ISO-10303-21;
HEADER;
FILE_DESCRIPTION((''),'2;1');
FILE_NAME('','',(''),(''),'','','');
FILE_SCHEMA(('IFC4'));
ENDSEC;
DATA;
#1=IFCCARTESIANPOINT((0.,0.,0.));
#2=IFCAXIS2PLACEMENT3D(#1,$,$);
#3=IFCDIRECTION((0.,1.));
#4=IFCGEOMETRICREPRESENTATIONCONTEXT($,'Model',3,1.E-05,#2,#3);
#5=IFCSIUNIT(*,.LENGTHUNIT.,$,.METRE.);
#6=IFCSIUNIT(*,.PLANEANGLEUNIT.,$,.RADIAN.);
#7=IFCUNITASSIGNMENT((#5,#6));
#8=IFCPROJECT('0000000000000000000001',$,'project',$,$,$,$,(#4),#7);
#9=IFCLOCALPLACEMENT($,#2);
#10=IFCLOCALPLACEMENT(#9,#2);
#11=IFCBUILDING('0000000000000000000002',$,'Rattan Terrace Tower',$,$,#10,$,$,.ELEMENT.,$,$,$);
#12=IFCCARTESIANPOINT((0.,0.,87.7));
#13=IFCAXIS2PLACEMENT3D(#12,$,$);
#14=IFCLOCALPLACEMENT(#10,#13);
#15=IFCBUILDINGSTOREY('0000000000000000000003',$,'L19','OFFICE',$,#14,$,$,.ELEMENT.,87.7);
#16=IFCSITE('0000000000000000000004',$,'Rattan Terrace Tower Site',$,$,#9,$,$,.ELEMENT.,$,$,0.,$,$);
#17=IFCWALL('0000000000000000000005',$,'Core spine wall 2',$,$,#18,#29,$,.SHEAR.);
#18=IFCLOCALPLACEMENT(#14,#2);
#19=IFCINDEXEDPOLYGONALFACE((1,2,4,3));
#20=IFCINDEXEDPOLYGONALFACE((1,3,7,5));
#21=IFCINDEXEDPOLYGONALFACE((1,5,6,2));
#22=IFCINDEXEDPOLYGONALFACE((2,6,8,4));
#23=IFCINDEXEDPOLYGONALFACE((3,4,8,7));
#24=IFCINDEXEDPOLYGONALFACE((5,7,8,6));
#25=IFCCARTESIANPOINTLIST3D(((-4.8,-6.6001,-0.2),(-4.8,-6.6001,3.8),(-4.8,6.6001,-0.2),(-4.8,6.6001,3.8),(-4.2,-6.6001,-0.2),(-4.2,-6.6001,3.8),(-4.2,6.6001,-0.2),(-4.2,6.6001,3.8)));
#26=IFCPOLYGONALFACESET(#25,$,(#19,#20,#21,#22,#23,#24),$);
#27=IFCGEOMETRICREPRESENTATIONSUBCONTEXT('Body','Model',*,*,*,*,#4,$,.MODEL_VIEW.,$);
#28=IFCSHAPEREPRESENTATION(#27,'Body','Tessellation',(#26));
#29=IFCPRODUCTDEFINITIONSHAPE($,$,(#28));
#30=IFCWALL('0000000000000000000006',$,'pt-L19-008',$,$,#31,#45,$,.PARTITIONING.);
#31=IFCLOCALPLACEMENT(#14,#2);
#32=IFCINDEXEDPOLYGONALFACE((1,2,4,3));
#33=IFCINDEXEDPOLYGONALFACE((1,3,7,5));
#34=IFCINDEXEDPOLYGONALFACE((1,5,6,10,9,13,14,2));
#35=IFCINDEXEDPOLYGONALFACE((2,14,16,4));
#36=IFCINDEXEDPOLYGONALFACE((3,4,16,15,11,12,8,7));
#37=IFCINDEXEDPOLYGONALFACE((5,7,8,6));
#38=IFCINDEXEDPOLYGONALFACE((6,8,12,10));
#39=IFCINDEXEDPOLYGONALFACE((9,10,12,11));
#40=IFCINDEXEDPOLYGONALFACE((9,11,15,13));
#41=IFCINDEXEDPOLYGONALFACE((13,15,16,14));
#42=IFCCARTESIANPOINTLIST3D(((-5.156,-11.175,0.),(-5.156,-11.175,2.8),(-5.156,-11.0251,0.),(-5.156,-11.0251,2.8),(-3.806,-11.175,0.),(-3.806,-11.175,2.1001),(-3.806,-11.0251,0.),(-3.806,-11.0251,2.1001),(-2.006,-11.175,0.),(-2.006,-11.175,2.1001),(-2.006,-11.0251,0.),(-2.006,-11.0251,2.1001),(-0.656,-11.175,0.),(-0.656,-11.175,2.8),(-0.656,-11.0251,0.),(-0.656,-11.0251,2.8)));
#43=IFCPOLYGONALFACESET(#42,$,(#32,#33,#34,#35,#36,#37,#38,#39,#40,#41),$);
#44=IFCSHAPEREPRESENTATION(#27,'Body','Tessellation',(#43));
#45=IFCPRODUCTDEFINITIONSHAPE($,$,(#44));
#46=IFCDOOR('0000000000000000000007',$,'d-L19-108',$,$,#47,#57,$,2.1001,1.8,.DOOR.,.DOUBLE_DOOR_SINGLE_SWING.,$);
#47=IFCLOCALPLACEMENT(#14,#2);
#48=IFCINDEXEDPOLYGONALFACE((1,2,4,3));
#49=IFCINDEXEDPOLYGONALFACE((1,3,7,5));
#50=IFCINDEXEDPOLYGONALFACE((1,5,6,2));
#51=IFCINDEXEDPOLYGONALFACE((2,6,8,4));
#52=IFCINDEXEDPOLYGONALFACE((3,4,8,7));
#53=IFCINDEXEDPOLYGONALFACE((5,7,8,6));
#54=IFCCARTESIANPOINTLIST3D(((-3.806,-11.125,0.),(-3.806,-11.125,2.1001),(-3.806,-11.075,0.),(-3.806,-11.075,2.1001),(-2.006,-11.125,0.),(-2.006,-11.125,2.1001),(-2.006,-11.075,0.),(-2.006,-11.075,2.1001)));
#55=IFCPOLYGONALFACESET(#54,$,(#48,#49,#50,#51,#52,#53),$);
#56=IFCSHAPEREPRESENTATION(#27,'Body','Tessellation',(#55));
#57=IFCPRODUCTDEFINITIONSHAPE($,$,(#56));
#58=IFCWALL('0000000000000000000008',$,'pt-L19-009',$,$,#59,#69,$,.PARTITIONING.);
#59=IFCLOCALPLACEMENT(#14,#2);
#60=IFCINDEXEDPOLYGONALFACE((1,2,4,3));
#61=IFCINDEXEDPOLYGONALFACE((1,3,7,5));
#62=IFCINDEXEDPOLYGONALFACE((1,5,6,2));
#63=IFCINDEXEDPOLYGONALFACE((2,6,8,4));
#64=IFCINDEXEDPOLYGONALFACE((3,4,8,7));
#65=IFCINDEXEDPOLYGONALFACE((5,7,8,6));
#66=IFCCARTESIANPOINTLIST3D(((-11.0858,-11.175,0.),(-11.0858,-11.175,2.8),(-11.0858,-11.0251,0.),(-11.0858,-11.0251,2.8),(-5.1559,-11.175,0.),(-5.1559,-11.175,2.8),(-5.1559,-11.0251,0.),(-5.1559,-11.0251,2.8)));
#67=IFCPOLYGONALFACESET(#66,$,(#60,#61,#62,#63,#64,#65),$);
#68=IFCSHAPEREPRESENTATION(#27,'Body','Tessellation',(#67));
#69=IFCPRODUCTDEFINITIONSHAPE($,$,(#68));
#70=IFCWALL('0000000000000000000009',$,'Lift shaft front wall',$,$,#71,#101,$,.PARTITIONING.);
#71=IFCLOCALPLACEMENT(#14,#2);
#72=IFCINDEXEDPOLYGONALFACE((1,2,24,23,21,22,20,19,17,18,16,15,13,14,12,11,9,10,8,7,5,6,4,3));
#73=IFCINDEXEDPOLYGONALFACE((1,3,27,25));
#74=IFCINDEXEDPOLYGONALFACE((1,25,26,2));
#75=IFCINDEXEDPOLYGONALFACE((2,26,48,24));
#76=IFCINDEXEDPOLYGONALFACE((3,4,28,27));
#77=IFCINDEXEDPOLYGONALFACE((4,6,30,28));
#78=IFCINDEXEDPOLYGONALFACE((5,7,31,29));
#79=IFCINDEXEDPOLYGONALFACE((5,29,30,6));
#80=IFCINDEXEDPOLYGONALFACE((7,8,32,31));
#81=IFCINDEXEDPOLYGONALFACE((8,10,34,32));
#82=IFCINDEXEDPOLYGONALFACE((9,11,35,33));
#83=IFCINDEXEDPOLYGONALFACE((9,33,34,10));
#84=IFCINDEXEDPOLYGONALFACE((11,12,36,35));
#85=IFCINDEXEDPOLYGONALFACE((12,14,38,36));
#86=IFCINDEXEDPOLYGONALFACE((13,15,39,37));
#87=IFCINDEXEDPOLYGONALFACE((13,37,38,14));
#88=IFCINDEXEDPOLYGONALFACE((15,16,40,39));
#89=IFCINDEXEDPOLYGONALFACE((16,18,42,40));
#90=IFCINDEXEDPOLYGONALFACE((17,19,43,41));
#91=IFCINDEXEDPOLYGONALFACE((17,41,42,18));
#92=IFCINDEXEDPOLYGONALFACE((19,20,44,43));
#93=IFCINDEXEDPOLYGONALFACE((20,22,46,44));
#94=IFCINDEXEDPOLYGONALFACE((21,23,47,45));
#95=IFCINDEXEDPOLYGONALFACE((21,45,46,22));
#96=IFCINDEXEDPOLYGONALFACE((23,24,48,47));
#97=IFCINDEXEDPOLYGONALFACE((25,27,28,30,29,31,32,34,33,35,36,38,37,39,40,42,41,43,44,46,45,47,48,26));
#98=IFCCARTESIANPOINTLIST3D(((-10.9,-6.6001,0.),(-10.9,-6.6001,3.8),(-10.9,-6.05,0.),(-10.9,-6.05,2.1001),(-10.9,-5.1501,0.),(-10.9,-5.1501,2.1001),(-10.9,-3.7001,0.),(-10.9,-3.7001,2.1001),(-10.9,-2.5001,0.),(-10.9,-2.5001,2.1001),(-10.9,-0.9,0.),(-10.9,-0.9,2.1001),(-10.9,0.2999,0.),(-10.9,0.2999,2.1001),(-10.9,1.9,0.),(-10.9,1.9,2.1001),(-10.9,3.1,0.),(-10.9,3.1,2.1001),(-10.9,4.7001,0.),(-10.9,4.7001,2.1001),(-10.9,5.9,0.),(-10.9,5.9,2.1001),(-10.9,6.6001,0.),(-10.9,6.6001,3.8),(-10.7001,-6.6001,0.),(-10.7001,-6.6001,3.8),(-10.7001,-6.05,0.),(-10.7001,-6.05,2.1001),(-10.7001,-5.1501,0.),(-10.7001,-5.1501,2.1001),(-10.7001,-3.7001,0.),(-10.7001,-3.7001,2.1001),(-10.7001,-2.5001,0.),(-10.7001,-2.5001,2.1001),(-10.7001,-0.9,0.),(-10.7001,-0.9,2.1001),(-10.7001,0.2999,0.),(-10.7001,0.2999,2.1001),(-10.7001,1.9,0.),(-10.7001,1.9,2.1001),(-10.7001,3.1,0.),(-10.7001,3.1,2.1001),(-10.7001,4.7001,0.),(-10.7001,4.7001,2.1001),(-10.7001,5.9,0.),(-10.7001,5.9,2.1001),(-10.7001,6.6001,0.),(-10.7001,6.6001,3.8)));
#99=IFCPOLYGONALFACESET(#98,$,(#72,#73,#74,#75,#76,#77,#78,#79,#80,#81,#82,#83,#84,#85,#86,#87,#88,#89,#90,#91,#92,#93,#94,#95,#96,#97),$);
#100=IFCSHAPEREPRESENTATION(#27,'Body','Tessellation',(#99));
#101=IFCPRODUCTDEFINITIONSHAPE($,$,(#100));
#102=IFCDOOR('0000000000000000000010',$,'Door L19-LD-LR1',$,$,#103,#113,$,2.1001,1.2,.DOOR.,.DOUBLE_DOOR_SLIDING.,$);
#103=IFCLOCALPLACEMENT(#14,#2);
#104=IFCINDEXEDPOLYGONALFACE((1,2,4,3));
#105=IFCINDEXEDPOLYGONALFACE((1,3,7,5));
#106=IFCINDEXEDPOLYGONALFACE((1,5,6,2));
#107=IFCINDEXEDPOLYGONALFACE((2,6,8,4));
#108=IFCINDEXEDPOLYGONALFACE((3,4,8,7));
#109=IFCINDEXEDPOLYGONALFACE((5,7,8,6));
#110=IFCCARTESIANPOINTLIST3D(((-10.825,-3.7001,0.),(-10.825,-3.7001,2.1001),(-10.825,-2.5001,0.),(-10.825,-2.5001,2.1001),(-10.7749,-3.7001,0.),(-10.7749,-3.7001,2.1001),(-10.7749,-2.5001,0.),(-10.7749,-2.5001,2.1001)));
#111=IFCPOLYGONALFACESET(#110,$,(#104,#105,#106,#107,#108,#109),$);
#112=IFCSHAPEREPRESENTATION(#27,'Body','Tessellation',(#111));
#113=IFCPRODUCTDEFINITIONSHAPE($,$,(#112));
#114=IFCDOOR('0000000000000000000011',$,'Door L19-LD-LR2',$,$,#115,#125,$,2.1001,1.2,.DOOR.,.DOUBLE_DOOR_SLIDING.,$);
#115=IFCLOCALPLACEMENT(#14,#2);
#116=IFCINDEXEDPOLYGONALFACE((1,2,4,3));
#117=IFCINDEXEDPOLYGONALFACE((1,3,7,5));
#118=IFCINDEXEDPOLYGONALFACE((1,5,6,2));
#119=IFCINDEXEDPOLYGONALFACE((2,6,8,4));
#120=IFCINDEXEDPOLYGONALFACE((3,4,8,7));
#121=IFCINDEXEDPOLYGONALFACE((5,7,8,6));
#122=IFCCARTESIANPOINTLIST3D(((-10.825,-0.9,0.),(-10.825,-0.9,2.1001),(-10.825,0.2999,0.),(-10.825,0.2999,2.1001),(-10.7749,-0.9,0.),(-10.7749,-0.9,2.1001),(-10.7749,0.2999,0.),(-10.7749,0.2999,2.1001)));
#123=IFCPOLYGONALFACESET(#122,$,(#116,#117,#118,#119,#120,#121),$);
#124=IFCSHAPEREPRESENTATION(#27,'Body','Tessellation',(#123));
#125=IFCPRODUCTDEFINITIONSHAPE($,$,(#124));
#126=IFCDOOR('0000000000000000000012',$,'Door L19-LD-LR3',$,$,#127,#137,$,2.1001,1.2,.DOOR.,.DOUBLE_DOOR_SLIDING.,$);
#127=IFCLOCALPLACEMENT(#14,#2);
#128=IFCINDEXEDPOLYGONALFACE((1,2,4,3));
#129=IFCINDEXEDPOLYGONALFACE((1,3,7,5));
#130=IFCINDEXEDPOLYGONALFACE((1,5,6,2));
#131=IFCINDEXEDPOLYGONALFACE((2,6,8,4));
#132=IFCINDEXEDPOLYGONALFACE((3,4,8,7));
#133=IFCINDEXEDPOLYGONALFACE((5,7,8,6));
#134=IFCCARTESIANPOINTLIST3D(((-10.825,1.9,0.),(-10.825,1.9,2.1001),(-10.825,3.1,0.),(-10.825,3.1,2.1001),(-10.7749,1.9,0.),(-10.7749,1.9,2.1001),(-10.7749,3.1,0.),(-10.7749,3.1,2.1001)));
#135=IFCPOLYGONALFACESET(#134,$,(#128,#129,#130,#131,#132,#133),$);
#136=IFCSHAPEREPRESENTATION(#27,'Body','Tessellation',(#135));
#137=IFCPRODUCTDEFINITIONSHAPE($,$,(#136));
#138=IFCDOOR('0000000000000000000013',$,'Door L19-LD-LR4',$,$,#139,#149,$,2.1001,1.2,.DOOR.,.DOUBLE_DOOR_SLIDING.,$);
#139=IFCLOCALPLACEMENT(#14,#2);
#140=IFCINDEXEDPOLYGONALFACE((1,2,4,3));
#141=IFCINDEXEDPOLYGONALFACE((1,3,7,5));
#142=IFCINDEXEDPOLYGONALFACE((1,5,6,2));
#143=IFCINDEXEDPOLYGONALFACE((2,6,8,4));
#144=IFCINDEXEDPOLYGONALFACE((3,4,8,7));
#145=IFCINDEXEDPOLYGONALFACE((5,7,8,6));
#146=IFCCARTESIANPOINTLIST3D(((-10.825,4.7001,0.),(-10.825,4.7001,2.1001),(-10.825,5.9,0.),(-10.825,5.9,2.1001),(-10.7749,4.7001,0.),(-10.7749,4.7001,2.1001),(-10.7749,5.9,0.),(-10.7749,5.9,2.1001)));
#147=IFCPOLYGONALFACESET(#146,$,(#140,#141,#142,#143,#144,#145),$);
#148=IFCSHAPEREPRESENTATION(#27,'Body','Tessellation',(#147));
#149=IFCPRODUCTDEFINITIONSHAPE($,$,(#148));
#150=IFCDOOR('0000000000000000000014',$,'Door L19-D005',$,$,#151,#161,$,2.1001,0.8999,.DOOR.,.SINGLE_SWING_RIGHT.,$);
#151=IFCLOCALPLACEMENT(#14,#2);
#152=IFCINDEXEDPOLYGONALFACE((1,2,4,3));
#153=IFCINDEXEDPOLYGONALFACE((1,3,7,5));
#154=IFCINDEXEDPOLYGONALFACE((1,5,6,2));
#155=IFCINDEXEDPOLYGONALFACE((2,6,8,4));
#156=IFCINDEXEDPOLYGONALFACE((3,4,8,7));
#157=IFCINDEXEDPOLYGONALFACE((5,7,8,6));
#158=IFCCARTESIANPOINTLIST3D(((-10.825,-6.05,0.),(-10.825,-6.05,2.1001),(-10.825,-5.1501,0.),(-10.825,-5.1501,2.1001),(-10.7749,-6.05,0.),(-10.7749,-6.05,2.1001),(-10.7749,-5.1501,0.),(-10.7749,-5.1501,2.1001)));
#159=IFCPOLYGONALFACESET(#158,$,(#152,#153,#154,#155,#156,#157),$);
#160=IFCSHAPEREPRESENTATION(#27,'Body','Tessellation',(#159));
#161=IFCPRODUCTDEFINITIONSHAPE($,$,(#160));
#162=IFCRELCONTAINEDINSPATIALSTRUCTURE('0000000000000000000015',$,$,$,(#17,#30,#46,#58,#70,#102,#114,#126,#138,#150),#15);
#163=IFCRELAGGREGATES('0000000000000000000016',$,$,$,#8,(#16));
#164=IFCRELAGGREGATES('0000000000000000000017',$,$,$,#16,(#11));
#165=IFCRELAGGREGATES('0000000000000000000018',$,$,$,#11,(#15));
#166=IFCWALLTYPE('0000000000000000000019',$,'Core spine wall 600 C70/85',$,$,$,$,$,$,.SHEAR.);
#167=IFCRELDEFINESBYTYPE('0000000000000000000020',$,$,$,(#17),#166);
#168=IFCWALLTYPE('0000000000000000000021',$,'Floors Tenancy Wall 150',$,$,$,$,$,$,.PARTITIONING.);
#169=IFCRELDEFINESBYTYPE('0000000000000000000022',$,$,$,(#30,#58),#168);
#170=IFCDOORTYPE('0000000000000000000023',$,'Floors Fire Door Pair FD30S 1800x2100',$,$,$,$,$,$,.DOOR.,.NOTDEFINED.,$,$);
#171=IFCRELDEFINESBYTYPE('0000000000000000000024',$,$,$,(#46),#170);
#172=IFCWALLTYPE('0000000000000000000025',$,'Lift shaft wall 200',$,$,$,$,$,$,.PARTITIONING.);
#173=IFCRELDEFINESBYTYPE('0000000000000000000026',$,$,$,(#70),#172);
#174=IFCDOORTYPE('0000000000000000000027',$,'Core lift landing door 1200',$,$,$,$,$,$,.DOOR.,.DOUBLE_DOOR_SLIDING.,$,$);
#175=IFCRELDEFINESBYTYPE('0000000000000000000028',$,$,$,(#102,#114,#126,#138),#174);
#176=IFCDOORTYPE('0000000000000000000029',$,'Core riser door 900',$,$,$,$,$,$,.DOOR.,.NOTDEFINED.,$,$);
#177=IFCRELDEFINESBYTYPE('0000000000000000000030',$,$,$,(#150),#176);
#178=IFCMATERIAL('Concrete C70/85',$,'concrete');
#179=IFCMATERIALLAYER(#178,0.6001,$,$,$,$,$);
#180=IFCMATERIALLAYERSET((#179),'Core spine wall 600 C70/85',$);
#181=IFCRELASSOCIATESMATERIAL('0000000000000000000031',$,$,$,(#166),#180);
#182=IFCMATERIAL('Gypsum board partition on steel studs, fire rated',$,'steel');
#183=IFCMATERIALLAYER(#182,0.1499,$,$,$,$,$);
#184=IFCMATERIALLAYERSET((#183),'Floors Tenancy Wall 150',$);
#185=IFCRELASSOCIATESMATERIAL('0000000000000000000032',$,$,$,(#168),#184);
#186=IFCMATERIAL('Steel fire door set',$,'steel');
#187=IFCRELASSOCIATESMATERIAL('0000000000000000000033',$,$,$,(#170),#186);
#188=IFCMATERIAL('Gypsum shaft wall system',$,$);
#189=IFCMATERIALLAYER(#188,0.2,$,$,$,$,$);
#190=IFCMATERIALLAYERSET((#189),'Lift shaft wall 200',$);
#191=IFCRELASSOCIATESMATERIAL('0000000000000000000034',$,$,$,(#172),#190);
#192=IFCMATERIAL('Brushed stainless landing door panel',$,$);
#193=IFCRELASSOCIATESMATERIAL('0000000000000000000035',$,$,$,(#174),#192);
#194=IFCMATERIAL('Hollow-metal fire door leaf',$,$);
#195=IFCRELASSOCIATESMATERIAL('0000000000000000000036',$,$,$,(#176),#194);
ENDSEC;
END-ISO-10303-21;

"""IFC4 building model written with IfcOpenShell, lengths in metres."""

from ifc_helpers import new_model, si_unit, direction, frame, frame_2d, origin, place, context, subcontext, project, spatial, rectangle, extrude, material, layer, layer_set, type_object, element, fill, save


model = new_model("IFC4")

# Units and contexts
model_context = context("Model", 3, precision=1e-05, world=origin(), true_north=direction((0.0, 1.0)))
body_context = subcontext(model_context, "Body", "Model", "MODEL_VIEW")
ifc_project = project(units=[si_unit("LENGTHUNIT", "METRE"), si_unit("PLANEANGLEUNIT", "RADIAN")], contexts=[model_context])

# Site, building, storey
site_placement = place(None, origin())
site = spatial("IfcSite", under=ifc_project, at=site_placement, Name="Rattan Terrace Tower Site", CompositionType="ELEMENT", RefElevation=0.0)
building_placement = place(site_placement, origin())
building = spatial("IfcBuilding", under=site, at=building_placement, Name="Rattan Terrace Tower", CompositionType="ELEMENT")
storey_placement = place(building_placement, frame((0.0, 0.0, 87.7)))
storey = spatial("IfcBuildingStorey", under=building, at=storey_placement, Name="L19", Description="OFFICE", CompositionType="ELEMENT", Elevation=87.7)

# Wall
ifc_material_1 = material(Name="Concrete C70/85", Category="concrete")
ifc_layer_1 = layer(ifc_material_1, 0.6001)
ifc_layer_set_1 = layer_set([ifc_layer_1], Name="Core spine wall 600 C70/85")
wall_type_1 = type_object("IfcWallType", Name="Core spine wall 600 C70/85", PredefinedType="SHEAR", material=ifc_layer_set_1)
wall_1_placement = place(storey_placement, frame((-4.5, -6.6001, -0.2), z_axis=(0.0, 0.0, 1.0), x_axis=(0.0, 1.0, 0.0)))
element("IfcWall", 1, at=wall_1_placement, inside=storey, type_object=wall_type_1, Name="Core spine wall 2", PredefinedType="SHEAR", context=body_context, shape_type="SweptSolid", body=[
    extrude(rectangle(XDim=13.2002, YDim=0.6001, at=frame_2d((6.6001, 0.0))), origin(), (0.0, 0.0, 1.0), 4.0),
])

# Wall, opening, door
ifc_material_2 = material(Name="Gypsum board partition on steel studs, fire rated", Category="steel")
ifc_layer_2 = layer(ifc_material_2, 0.1499)
ifc_layer_set_2 = layer_set([ifc_layer_2], Name="Floors Tenancy Wall 150")
wall_type_2 = type_object("IfcWallType", Name="Floors Tenancy Wall 150", PredefinedType="PARTITIONING", material=ifc_layer_set_2)
wall_2_placement = place(storey_placement, frame((-0.656, -11.1001, 0.0), z_axis=(0.0, 0.0, 1.0), x_axis=(-1.0, 0.0, 0.0)))
wall_2 = element("IfcWall", 2, at=wall_2_placement, inside=storey, type_object=wall_type_2, Name="pt-L19-008", PredefinedType="PARTITIONING", context=body_context, shape_type="SweptSolid", body=[
    extrude(rectangle(XDim=4.5, YDim=0.1499, at=frame_2d((2.25, 0.0))), origin(), (0.0, 0.0, 1.0), 2.8),
])
opening_1_placement = place(wall_2_placement, frame((1.3501, 0.0, 0.0)))
opening_1 = element("IfcOpeningElement", 3, at=opening_1_placement, cuts=wall_2, PredefinedType="OPENING", context=body_context, shape_type="SweptSolid", body=[
    extrude(rectangle(XDim=1.8, YDim=2.1001, at=frame_2d((0.8999, 1.05))), frame((0.0, 0.0854, 0.0), z_axis=(0.0, -1.0, 0.0), x_axis=(1.0, 0.0, 0.0)), (0.0, 0.0, 1.0), 0.1709),
])
ifc_material_3 = material(Name="Steel fire door set", Category="steel")
door_type_1 = type_object("IfcDoorType", Name="Floors Fire Door Pair FD30S 1800x2100", OperationType="NOTDEFINED", PredefinedType="DOOR", material=ifc_material_3)
door_1_placement = place(opening_1_placement, origin())
door_1 = element("IfcDoor", 4, at=door_1_placement, inside=storey, type_object=door_type_1, Name="d-L19-108", OperationType="DOUBLE_DOOR_SINGLE_SWING", OverallHeight=2.1001, OverallWidth=1.8, PredefinedType="DOOR", context=body_context, shape_type="SweptSolid", body=[
    extrude(rectangle(XDim=1.8, YDim=2.1001, at=frame_2d((0.8999, 1.05))), frame((0.0, 0.0249, 0.0), z_axis=(0.0, -1.0, 0.0), x_axis=(1.0, 0.0, 0.0)), (0.0, 0.0, 1.0), 0.05),
])
fill(opening_1, door_1)

# Wall
wall_3_placement = place(storey_placement, frame((-5.156, -11.1001, 0.0), z_axis=(0.0, 0.0, 1.0), x_axis=(-1.0, 0.0, 0.0)))
element("IfcWall", 5, at=wall_3_placement, inside=storey, type_object=wall_type_2, Name="pt-L19-009", PredefinedType="PARTITIONING", context=body_context, shape_type="SweptSolid", body=[
    extrude(rectangle(XDim=5.9299, YDim=0.1499, at=frame_2d((2.9648, 0.0))), origin(), (0.0, 0.0, 1.0), 2.8),
])

# Wall, openings, doors
ifc_material_4 = material(Name="Gypsum shaft wall system")
ifc_layer_3 = layer(ifc_material_4, 0.2)
ifc_layer_set_3 = layer_set([ifc_layer_3], Name="Lift shaft wall 200")
wall_type_3 = type_object("IfcWallType", Name="Lift shaft wall 200", PredefinedType="PARTITIONING", material=ifc_layer_set_3)
wall_4_placement = place(storey_placement, frame((-10.8, -6.6001, 0.0), z_axis=(0.0, 0.0, 1.0), x_axis=(0.0, 1.0, 0.0)))
wall_4 = element("IfcWall", 6, at=wall_4_placement, inside=storey, type_object=wall_type_3, Name="Lift shaft front wall", PredefinedType="PARTITIONING", context=body_context, shape_type="SweptSolid", body=[
    extrude(rectangle(XDim=13.2002, YDim=0.2, at=frame_2d((6.6001, 0.0))), origin(), (0.0, 0.0, 1.0), 3.8),
])
opening_2_placement = place(wall_4_placement, frame((0.55, 0.0, 0.0)))
opening_2 = element("IfcOpeningElement", 7, at=opening_2_placement, cuts=wall_4, PredefinedType="OPENING", context=body_context, shape_type="SweptSolid", body=[
    extrude(rectangle(XDim=0.8999, YDim=2.1001, at=frame_2d((0.45, 1.05))), frame((0.0, 0.1106, 0.0), z_axis=(0.0, -1.0, 0.0), x_axis=(1.0, 0.0, 0.0)), (0.0, 0.0, 1.0), 0.2209),
])
opening_3_placement = place(wall_4_placement, frame((2.8999, 0.0, 0.0)))
opening_3 = element("IfcOpeningElement", 8, at=opening_3_placement, cuts=wall_4, PredefinedType="OPENING", context=body_context, shape_type="SweptSolid", body=[
    extrude(rectangle(XDim=1.2, YDim=2.1001, at=frame_2d((0.6001, 1.05))), frame((0.0, 0.1106, 0.0), z_axis=(0.0, -1.0, 0.0), x_axis=(1.0, 0.0, 0.0)), (0.0, 0.0, 1.0), 0.2209),
])
opening_4_placement = place(wall_4_placement, frame((5.7, 0.0, 0.0)))
opening_4 = element("IfcOpeningElement", 9, at=opening_4_placement, cuts=wall_4, PredefinedType="OPENING", context=body_context, shape_type="SweptSolid", body=[
    extrude(rectangle(XDim=1.2, YDim=2.1001, at=frame_2d((0.6001, 1.05))), frame((0.0, 0.1106, 0.0), z_axis=(0.0, -1.0, 0.0), x_axis=(1.0, 0.0, 0.0)), (0.0, 0.0, 1.0), 0.2209),
])
opening_5_placement = place(wall_4_placement, frame((8.5, 0.0, 0.0)))
opening_5 = element("IfcOpeningElement", 10, at=opening_5_placement, cuts=wall_4, PredefinedType="OPENING", context=body_context, shape_type="SweptSolid", body=[
    extrude(rectangle(XDim=1.2, YDim=2.1001, at=frame_2d((0.6001, 1.05))), frame((0.0, 0.1106, 0.0), z_axis=(0.0, -1.0, 0.0), x_axis=(1.0, 0.0, 0.0)), (0.0, 0.0, 1.0), 0.2209),
])
opening_6_placement = place(wall_4_placement, frame((11.3, 0.0, 0.0)))
opening_6 = element("IfcOpeningElement", 11, at=opening_6_placement, cuts=wall_4, PredefinedType="OPENING", context=body_context, shape_type="SweptSolid", body=[
    extrude(rectangle(XDim=1.2, YDim=2.1001, at=frame_2d((0.6001, 1.05))), frame((0.0, 0.1106, 0.0), z_axis=(0.0, -1.0, 0.0), x_axis=(1.0, 0.0, 0.0)), (0.0, 0.0, 1.0), 0.2209),
])
ifc_material_5 = material(Name="Brushed stainless landing door panel")
door_type_2 = type_object("IfcDoorType", Name="Core lift landing door 1200", OperationType="DOUBLE_DOOR_SLIDING", PredefinedType="DOOR", material=ifc_material_5)
door_2_placement = place(opening_3_placement, origin())
door_2 = element("IfcDoor", 12, at=door_2_placement, inside=storey, type_object=door_type_2, Name="Door L19-LD-LR1", OperationType="DOUBLE_DOOR_SLIDING", OverallHeight=2.1001, OverallWidth=1.2, PredefinedType="DOOR", context=body_context, shape_type="SweptSolid", body=[
    extrude(rectangle(XDim=1.2, YDim=2.1001, at=frame_2d((0.6001, 1.05))), frame((0.0, 0.0249, 0.0), z_axis=(0.0, -1.0, 0.0), x_axis=(1.0, 0.0, 0.0)), (0.0, 0.0, 1.0), 0.05),
])
fill(opening_3, door_2)
door_3_placement = place(opening_4_placement, origin())
door_3 = element("IfcDoor", 13, at=door_3_placement, inside=storey, type_object=door_type_2, Name="Door L19-LD-LR2", OperationType="DOUBLE_DOOR_SLIDING", OverallHeight=2.1001, OverallWidth=1.2, PredefinedType="DOOR", context=body_context, shape_type="SweptSolid", body=[
    extrude(rectangle(XDim=1.2, YDim=2.1001, at=frame_2d((0.6001, 1.05))), frame((0.0, 0.0249, 0.0), z_axis=(0.0, -1.0, 0.0), x_axis=(1.0, 0.0, 0.0)), (0.0, 0.0, 1.0), 0.05),
])
fill(opening_4, door_3)
door_4_placement = place(opening_5_placement, origin())
door_4 = element("IfcDoor", 14, at=door_4_placement, inside=storey, type_object=door_type_2, Name="Door L19-LD-LR3", OperationType="DOUBLE_DOOR_SLIDING", OverallHeight=2.1001, OverallWidth=1.2, PredefinedType="DOOR", context=body_context, shape_type="SweptSolid", body=[
    extrude(rectangle(XDim=1.2, YDim=2.1001, at=frame_2d((0.6001, 1.05))), frame((0.0, 0.0249, 0.0), z_axis=(0.0, -1.0, 0.0), x_axis=(1.0, 0.0, 0.0)), (0.0, 0.0, 1.0), 0.05),
])
fill(opening_5, door_4)
door_5_placement = place(opening_6_placement, origin())
door_5 = element("IfcDoor", 15, at=door_5_placement, inside=storey, type_object=door_type_2, Name="Door L19-LD-LR4", OperationType="DOUBLE_DOOR_SLIDING", OverallHeight=2.1001, OverallWidth=1.2, PredefinedType="DOOR", context=body_context, shape_type="SweptSolid", body=[
    extrude(rectangle(XDim=1.2, YDim=2.1001, at=frame_2d((0.6001, 1.05))), frame((0.0, 0.0249, 0.0), z_axis=(0.0, -1.0, 0.0), x_axis=(1.0, 0.0, 0.0)), (0.0, 0.0, 1.0), 0.05),
])
fill(opening_6, door_5)
ifc_material_6 = material(Name="Hollow-metal fire door leaf")
door_type_3 = type_object("IfcDoorType", Name="Core riser door 900", OperationType="NOTDEFINED", PredefinedType="DOOR", material=ifc_material_6)
door_6_placement = place(opening_2_placement, origin())
door_6 = element("IfcDoor", 16, at=door_6_placement, inside=storey, type_object=door_type_3, Name="Door L19-D005", OperationType="SINGLE_SWING_RIGHT", OverallHeight=2.1001, OverallWidth=0.8999, PredefinedType="DOOR", context=body_context, shape_type="SweptSolid", body=[
    extrude(rectangle(XDim=0.8999, YDim=2.1001, at=frame_2d((0.45, 1.05))), frame((0.0, 0.0249, 0.0), z_axis=(0.0, -1.0, 0.0), x_axis=(1.0, 0.0, 0.0)), (0.0, 0.0, 1.0), 0.05),
])
fill(opening_2, door_6)

save(model, "model.ifc")
